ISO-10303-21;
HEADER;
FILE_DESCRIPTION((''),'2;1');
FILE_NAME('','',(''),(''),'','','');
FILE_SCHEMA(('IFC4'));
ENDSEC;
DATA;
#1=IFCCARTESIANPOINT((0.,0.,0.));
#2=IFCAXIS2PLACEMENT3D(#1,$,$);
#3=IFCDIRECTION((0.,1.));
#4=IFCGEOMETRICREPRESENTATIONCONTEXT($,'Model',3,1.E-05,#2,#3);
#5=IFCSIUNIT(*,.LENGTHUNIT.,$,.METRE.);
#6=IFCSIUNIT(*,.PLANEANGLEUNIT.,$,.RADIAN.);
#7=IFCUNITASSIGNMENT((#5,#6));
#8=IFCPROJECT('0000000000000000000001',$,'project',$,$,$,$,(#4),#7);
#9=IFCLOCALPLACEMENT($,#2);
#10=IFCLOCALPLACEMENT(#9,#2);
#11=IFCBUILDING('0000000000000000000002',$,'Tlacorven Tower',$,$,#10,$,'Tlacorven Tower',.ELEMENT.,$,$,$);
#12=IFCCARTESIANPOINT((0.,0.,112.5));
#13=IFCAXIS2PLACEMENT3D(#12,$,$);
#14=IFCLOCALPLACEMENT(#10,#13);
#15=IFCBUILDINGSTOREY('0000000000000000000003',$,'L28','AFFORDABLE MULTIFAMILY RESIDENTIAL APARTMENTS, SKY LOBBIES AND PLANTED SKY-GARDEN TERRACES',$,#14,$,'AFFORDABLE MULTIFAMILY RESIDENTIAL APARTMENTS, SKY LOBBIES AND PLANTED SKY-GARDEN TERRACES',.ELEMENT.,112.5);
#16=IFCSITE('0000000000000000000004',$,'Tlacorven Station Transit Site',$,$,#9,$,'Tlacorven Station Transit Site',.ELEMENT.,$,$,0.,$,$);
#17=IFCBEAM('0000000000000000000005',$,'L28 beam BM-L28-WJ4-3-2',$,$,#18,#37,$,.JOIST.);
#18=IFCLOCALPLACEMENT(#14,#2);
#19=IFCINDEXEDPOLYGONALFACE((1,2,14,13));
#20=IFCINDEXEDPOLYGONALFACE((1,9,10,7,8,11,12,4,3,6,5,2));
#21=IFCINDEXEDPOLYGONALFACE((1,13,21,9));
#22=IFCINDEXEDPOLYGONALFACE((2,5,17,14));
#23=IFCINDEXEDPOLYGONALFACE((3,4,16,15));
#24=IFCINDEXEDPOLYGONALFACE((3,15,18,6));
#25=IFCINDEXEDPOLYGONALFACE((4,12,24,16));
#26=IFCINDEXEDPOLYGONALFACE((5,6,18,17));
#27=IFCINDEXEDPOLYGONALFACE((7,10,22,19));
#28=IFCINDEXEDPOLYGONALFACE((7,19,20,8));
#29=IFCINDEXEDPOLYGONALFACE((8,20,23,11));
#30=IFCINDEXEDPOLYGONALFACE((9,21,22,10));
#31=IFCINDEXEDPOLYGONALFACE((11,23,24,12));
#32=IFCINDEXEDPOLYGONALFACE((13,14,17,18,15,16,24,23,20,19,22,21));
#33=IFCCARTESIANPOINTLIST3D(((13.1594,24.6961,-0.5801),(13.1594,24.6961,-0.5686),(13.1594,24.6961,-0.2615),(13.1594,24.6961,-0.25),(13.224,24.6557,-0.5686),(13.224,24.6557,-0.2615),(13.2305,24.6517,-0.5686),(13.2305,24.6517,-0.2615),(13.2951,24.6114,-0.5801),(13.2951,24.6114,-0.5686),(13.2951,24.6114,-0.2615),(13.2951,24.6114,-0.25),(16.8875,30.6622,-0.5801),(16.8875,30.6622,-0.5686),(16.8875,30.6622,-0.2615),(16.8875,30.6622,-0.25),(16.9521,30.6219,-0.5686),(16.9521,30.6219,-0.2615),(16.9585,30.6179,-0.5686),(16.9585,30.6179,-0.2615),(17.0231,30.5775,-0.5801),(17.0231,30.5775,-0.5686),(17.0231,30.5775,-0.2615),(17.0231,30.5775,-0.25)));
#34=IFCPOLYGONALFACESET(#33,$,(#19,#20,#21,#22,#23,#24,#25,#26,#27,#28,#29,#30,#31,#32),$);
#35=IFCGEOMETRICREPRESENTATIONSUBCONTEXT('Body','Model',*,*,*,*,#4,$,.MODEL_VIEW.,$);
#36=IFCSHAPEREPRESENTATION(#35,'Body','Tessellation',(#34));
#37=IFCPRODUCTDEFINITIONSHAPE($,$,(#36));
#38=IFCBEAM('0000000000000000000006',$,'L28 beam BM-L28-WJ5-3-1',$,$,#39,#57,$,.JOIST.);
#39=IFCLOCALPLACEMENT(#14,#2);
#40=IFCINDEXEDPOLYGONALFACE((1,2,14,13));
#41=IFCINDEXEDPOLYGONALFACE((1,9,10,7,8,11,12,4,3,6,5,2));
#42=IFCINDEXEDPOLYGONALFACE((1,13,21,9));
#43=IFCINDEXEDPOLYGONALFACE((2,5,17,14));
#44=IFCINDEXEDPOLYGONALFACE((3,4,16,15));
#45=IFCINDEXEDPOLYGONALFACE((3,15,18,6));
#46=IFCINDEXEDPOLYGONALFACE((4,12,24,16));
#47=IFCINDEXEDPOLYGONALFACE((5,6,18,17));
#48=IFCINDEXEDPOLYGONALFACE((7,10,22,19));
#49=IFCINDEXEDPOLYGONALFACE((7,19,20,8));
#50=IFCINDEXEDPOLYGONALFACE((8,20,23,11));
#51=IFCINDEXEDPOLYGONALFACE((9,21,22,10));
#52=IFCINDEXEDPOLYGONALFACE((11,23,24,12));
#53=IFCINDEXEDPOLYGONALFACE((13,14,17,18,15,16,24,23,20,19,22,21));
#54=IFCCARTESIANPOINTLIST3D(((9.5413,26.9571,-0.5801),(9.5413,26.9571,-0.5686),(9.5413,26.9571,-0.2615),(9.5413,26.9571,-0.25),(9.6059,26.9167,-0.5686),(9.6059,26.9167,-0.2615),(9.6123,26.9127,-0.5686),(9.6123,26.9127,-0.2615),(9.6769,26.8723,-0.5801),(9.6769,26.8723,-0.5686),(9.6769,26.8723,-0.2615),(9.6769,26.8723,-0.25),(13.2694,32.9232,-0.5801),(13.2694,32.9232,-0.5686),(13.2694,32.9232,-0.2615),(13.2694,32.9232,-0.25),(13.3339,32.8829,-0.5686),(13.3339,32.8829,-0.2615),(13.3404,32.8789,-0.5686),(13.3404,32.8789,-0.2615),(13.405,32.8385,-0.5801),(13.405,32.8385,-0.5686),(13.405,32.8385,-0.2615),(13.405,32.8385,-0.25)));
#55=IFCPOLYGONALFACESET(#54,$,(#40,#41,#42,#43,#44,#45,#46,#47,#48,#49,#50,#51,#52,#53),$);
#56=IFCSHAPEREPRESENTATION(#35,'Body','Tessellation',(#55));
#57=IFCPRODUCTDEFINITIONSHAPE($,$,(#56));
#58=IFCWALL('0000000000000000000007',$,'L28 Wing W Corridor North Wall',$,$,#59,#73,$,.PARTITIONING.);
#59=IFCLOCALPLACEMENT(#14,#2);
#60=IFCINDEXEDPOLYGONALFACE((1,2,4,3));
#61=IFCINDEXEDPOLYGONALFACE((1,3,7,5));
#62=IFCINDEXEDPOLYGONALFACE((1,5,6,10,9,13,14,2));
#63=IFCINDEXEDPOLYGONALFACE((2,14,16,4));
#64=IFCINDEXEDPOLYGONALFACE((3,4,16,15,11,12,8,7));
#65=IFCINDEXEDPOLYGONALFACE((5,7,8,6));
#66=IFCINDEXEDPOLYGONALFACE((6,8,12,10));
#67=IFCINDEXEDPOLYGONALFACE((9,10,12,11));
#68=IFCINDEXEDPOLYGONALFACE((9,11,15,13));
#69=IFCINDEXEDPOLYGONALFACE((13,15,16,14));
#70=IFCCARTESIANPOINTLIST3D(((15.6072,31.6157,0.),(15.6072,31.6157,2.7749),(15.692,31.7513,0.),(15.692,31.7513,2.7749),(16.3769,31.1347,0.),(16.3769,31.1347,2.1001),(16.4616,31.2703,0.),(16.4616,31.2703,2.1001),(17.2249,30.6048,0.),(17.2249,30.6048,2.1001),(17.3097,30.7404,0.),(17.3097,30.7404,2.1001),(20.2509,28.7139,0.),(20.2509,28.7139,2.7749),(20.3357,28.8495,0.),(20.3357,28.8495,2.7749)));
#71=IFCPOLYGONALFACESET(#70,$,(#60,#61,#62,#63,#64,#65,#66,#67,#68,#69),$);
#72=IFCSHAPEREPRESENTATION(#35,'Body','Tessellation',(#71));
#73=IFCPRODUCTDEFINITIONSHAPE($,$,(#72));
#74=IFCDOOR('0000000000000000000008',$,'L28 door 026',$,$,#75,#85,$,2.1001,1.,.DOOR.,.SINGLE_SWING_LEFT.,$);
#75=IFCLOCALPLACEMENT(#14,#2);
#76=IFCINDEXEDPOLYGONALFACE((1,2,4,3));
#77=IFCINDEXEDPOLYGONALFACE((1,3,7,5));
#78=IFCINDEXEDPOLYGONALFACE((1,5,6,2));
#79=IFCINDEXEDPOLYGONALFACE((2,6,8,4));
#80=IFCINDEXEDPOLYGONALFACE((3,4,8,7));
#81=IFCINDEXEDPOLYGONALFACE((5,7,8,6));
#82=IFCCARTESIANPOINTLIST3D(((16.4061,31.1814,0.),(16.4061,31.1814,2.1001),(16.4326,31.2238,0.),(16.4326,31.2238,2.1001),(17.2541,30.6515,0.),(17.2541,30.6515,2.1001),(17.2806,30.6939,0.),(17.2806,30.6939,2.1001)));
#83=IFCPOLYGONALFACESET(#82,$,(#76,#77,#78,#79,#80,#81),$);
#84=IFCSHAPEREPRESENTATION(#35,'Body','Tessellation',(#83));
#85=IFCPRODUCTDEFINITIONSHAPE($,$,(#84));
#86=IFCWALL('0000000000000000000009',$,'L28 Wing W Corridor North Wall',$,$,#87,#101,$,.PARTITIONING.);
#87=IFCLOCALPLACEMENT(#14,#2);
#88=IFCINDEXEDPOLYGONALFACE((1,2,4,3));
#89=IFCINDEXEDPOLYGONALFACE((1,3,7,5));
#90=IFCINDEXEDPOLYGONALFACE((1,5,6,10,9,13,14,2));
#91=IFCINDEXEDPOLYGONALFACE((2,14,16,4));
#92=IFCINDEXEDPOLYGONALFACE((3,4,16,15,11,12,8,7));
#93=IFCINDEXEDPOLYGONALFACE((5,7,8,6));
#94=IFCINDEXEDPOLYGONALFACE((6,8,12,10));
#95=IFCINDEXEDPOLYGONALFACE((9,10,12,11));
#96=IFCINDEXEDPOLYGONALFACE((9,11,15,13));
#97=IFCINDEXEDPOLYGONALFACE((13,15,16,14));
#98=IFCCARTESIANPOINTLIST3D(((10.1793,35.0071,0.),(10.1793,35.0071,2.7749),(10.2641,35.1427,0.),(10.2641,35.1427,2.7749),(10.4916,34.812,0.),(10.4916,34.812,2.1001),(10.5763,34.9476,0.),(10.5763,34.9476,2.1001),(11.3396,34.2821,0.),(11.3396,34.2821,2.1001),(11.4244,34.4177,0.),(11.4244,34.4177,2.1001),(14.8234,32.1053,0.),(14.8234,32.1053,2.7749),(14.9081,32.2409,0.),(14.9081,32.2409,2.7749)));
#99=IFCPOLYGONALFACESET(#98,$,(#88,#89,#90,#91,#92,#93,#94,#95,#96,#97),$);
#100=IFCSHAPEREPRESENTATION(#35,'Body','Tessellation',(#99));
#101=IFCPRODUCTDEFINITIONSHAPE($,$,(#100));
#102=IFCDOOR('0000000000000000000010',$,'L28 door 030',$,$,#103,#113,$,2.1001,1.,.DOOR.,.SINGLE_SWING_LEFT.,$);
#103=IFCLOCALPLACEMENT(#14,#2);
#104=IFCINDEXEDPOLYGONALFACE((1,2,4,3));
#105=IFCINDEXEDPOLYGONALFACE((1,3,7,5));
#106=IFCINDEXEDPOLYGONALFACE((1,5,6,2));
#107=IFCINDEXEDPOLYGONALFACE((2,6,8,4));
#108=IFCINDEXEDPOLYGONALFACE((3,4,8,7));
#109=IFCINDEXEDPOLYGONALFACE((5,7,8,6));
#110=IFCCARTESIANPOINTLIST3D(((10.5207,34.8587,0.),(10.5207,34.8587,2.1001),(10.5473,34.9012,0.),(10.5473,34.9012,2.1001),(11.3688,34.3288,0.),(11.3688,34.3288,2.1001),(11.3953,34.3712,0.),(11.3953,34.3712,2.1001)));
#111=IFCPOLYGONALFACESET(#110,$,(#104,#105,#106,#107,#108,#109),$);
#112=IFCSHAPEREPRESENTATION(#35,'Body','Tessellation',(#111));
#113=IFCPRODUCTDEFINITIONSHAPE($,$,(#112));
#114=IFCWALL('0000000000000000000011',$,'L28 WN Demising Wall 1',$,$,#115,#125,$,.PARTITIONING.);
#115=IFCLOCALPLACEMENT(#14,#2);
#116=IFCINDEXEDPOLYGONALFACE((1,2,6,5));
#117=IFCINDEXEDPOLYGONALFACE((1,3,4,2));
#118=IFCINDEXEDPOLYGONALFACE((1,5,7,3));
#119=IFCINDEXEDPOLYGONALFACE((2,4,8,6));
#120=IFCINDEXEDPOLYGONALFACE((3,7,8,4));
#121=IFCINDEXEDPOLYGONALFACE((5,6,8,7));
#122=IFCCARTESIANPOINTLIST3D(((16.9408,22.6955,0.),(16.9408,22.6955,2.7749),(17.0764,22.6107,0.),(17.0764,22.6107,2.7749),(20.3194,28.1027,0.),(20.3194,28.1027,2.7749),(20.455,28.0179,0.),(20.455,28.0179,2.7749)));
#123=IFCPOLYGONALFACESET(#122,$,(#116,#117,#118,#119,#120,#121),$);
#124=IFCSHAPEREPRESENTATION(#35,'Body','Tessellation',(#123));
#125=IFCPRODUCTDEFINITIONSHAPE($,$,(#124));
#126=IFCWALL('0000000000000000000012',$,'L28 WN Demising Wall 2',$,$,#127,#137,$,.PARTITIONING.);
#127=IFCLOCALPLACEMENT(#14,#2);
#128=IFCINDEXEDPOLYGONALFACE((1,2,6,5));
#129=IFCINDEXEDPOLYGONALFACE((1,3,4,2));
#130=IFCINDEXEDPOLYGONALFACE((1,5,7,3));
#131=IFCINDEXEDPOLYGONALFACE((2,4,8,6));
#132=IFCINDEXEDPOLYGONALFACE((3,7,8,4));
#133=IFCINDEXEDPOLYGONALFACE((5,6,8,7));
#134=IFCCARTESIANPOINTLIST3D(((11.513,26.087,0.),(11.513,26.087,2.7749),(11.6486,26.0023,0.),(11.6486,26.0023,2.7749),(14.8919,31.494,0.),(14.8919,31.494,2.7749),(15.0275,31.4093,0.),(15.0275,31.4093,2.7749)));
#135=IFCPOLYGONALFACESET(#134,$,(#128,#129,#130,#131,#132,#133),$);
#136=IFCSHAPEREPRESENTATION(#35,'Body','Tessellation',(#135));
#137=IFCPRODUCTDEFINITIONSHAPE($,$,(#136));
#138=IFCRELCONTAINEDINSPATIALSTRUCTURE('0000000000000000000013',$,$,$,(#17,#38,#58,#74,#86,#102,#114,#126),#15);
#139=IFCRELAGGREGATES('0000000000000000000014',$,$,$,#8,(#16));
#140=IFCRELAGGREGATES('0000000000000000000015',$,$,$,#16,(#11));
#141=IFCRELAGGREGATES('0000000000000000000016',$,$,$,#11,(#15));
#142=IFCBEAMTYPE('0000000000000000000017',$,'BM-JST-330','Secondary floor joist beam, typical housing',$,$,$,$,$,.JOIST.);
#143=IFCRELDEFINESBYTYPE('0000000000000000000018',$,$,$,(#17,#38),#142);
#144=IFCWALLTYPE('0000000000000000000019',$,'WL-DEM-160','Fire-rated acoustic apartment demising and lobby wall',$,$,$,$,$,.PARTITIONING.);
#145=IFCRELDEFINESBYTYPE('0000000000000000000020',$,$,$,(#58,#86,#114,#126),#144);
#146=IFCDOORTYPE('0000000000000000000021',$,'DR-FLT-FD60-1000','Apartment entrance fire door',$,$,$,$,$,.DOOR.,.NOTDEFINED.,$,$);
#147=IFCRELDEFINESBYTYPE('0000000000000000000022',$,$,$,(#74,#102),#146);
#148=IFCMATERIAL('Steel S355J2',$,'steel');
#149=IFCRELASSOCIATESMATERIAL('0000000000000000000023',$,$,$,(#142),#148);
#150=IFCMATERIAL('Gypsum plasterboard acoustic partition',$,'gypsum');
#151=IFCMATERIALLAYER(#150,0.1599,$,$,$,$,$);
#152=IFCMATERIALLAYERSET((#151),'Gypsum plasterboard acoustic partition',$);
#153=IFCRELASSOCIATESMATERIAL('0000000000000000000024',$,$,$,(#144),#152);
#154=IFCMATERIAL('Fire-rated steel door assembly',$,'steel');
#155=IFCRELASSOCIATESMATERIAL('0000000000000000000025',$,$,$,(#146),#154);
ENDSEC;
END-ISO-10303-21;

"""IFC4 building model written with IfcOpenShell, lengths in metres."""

from ifc_helpers import new_model, si_unit, direction, frame, frame_2d, origin, origin_2d, place, context, subcontext, project, spatial, rectangle, i_section, extrude, source, transform, mapped, material, layer, layer_set, material_profile, profile_set, type_object, element, fill, save


model = new_model("IFC4")

# Units and contexts
model_context = context("Model", 3, precision=1e-05, world=origin(), true_north=direction((0.0, 1.0)))
body_context = subcontext(model_context, "Body", "Model", "MODEL_VIEW")
ifc_project = project(units=[si_unit("LENGTHUNIT", "METRE"), si_unit("PLANEANGLEUNIT", "RADIAN")], contexts=[model_context])

# Site, building, storey
site_placement = place(None, origin())
site = spatial("IfcSite", under=ifc_project, at=site_placement, Name="Tlacorven Station Transit Site", LongName="Tlacorven Station Transit Site", CompositionType="ELEMENT", RefElevation=0.0)
building_placement = place(site_placement, origin())
building = spatial("IfcBuilding", under=site, at=building_placement, Name="Tlacorven Tower", LongName="Tlacorven Tower", CompositionType="ELEMENT")
storey_placement = place(building_placement, frame((0.0, 0.0, 112.5)))
storey = spatial("IfcBuildingStorey", under=building, at=storey_placement, Name="L28", Description="AFFORDABLE MULTIFAMILY RESIDENTIAL APARTMENTS, SKY LOBBIES AND PLANTED SKY-GARDEN TERRACES", LongName="AFFORDABLE MULTIFAMILY RESIDENTIAL APARTMENTS, SKY LOBBIES AND PLANTED SKY-GARDEN TERRACES", CompositionType="ELEMENT", Elevation=112.5)

# Beams
ifc_material_1 = material(Name="Steel S355J2", Category="steel")
ifc_material_profile_1 = material_profile(ifc_material_1, i_section(OverallWidth=0.1599, OverallDepth=0.3301, WebThickness=0.0076, FlangeThickness=0.0115, at=origin_2d()), Name="IPE 330")
ifc_profile_set_1 = profile_set([ifc_material_profile_1], Name="Steel S355J2")
beam_type_1 = type_object("IfcBeamType", Name="BM-JST-330", Description="Secondary floor joist beam, typical housing", PredefinedType="JOIST", material=ifc_profile_set_1)
shared_shape_1 = source(origin(), body_context, "Body", "SweptSolid", [
    extrude(i_section(OverallWidth=0.1599, OverallDepth=0.3301, WebThickness=0.0076, FlangeThickness=0.0115, at=origin_2d()), origin(), (0.0, 0.0, 1.0), 7.0352),
])
for number, where, z_axis, x_axis, name in (
    (1, (16.9553, 30.6199, -0.415), (-0.529921, -0.848047, 0.0), (0.848047, -0.529921, 0.0), "L28 beam BM-L28-WJ4-3-2"),
    (2, (13.3372, 32.8809, -0.415), (-0.529921, -0.848047, 0.0), (0.848047, -0.529921, 0.0), "L28 beam BM-L28-WJ5-3-1"),
):
    element("IfcBeam", number, at=place(storey_placement, frame(where, z_axis=z_axis, x_axis=x_axis)), inside=storey, type_object=beam_type_1, Name=name, PredefinedType="JOIST", context=body_context, shape_type="MappedRepresentation", body=[
        mapped(shared_shape_1, transform((0.0, 0.0, 0.0), scale=1.0)),
    ])

# Walls, openings, doors
ifc_material_2 = material(Name="Gypsum plasterboard acoustic partition", Category="gypsum")
ifc_layer_1 = layer(ifc_material_2, 0.1599)
ifc_layer_set_1 = layer_set([ifc_layer_1], Name="Gypsum plasterboard acoustic partition")
wall_type_1 = type_object("IfcWallType", Name="WL-DEM-160", Description="Fire-rated acoustic apartment demising and lobby wall", PredefinedType="PARTITIONING", material=ifc_layer_set_1)
wall_1_placement = place(storey_placement, frame((20.2932, 28.7817, 0.0), z_axis=(0.0, 0.0, 1.0), x_axis=(-0.848041, 0.529931, 0.0)))
wall_1 = element("IfcWall", 3, at=wall_1_placement, inside=storey, type_object=wall_type_1, Name="L28 Wing W Corridor North Wall", PredefinedType="PARTITIONING", context=body_context, shape_type="SweptSolid", body=[
    extrude(rectangle(XDim=5.4758, YDim=0.1599, at=frame_2d((2.7378, 0.0))), origin(), (0.0, 0.0, 1.0), 2.7749),
])
opening_1_placement = place(wall_1_placement, frame((3.5681, 0.0, 0.0)))
opening_1 = element("IfcOpeningElement", 4, at=opening_1_placement, cuts=wall_1, PredefinedType="OPENING", context=body_context, shape_type="SweptSolid", body=[
    extrude(rectangle(XDim=1.0, YDim=2.1001, at=frame_2d((0.5, 1.05))), frame((0.0, 0.0898, 0.0), z_axis=(0.0, -1.0, 0.0), x_axis=(1.0, 0.0, 0.0)), (0.0, 0.0, 1.0), 0.1799),
])
ifc_material_3 = material(Name="Fire-rated steel door assembly", Category="steel")
door_type_1 = type_object("IfcDoorType", Name="DR-FLT-FD60-1000", Description="Apartment entrance fire door", OperationType="NOTDEFINED", PredefinedType="DOOR", material=ifc_material_3)
shared_shape_2 = source(origin(), body_context, "Body", "SweptSolid", [
    extrude(rectangle(XDim=1.0, YDim=2.1001, at=frame_2d((0.5, 1.05))), frame((0.0, 0.0249, 0.0), z_axis=(0.0, -1.0, 0.0), x_axis=(1.0, 0.0, 0.0)), (0.0, 0.0, 1.0), 0.05),
])
door_1_placement = place(opening_1_placement, origin())
door_1 = element("IfcDoor", 5, at=door_1_placement, inside=storey, type_object=door_type_1, Name="L28 door 026", OperationType="SINGLE_SWING_LEFT", OverallHeight=2.1001, OverallWidth=1.0, PredefinedType="DOOR", context=body_context, shape_type="MappedRepresentation", body=[
    mapped(shared_shape_2, transform((0.0, 0.0, 0.0), scale=1.0)),
])
fill(opening_1, door_1)
wall_2_placement = place(storey_placement, frame((14.8657, 32.1731, 0.0), z_axis=(0.0, 0.0, 1.0), x_axis=(-0.848053, 0.529911, 0.0)))
wall_2 = element("IfcWall", 6, at=wall_2_placement, inside=storey, type_object=wall_type_1, Name="L28 Wing W Corridor North Wall", PredefinedType="PARTITIONING", context=body_context, shape_type="SweptSolid", body=[
    extrude(rectangle(XDim=5.4761, YDim=0.1599, at=frame_2d((2.738, 0.0))), origin(), (0.0, 0.0, 1.0), 2.7749),
])
opening_2_placement = place(wall_2_placement, frame((4.1079, 0.0, 0.0)))
opening_2 = element("IfcOpeningElement", 7, at=opening_2_placement, cuts=wall_2, PredefinedType="OPENING", context=body_context, shape_type="SweptSolid", body=[
    extrude(rectangle(XDim=1.0, YDim=2.1001, at=frame_2d((0.5, 1.05))), frame((0.0, 0.0898, 0.0), z_axis=(0.0, -1.0, 0.0), x_axis=(1.0, 0.0, 0.0)), (0.0, 0.0, 1.0), 0.1799),
])
door_2_placement = place(opening_2_placement, origin())
door_2 = element("IfcDoor", 8, at=door_2_placement, inside=storey, type_object=door_type_1, Name="L28 door 030", OperationType="SINGLE_SWING_LEFT", OverallHeight=2.1001, OverallWidth=1.0, PredefinedType="DOOR", context=body_context, shape_type="MappedRepresentation", body=[
    mapped(shared_shape_2, transform((0.0, 0.0, 0.0), scale=1.0)),
])
fill(opening_2, door_2)

# Walls
for number, where, z_axis, x_axis, name in (
    (9, (20.3872, 28.0603, 0.0), (0.0, 0.0, 1.0), (-0.529903, -0.848059, 0.0), "L28 WN Demising Wall 1"),
    (10, (14.9597, 31.4517, 0.0), (0.0, 0.0, 1.0), (-0.529947, -0.848031, 0.0), "L28 WN Demising Wall 2"),
):
    element("IfcWall", number, at=place(storey_placement, frame(where, z_axis=z_axis, x_axis=x_axis)), inside=storey, type_object=wall_type_1, Name=name, PredefinedType="PARTITIONING", context=body_context, shape_type="SweptSolid", body=[
        extrude(rectangle(XDim=6.376, YDim=0.1599, at=frame_2d((3.188, 0.0))), origin(), (0.0, 0.0, 1.0), 2.7749),
    ])

save(model, "model.ifc")
